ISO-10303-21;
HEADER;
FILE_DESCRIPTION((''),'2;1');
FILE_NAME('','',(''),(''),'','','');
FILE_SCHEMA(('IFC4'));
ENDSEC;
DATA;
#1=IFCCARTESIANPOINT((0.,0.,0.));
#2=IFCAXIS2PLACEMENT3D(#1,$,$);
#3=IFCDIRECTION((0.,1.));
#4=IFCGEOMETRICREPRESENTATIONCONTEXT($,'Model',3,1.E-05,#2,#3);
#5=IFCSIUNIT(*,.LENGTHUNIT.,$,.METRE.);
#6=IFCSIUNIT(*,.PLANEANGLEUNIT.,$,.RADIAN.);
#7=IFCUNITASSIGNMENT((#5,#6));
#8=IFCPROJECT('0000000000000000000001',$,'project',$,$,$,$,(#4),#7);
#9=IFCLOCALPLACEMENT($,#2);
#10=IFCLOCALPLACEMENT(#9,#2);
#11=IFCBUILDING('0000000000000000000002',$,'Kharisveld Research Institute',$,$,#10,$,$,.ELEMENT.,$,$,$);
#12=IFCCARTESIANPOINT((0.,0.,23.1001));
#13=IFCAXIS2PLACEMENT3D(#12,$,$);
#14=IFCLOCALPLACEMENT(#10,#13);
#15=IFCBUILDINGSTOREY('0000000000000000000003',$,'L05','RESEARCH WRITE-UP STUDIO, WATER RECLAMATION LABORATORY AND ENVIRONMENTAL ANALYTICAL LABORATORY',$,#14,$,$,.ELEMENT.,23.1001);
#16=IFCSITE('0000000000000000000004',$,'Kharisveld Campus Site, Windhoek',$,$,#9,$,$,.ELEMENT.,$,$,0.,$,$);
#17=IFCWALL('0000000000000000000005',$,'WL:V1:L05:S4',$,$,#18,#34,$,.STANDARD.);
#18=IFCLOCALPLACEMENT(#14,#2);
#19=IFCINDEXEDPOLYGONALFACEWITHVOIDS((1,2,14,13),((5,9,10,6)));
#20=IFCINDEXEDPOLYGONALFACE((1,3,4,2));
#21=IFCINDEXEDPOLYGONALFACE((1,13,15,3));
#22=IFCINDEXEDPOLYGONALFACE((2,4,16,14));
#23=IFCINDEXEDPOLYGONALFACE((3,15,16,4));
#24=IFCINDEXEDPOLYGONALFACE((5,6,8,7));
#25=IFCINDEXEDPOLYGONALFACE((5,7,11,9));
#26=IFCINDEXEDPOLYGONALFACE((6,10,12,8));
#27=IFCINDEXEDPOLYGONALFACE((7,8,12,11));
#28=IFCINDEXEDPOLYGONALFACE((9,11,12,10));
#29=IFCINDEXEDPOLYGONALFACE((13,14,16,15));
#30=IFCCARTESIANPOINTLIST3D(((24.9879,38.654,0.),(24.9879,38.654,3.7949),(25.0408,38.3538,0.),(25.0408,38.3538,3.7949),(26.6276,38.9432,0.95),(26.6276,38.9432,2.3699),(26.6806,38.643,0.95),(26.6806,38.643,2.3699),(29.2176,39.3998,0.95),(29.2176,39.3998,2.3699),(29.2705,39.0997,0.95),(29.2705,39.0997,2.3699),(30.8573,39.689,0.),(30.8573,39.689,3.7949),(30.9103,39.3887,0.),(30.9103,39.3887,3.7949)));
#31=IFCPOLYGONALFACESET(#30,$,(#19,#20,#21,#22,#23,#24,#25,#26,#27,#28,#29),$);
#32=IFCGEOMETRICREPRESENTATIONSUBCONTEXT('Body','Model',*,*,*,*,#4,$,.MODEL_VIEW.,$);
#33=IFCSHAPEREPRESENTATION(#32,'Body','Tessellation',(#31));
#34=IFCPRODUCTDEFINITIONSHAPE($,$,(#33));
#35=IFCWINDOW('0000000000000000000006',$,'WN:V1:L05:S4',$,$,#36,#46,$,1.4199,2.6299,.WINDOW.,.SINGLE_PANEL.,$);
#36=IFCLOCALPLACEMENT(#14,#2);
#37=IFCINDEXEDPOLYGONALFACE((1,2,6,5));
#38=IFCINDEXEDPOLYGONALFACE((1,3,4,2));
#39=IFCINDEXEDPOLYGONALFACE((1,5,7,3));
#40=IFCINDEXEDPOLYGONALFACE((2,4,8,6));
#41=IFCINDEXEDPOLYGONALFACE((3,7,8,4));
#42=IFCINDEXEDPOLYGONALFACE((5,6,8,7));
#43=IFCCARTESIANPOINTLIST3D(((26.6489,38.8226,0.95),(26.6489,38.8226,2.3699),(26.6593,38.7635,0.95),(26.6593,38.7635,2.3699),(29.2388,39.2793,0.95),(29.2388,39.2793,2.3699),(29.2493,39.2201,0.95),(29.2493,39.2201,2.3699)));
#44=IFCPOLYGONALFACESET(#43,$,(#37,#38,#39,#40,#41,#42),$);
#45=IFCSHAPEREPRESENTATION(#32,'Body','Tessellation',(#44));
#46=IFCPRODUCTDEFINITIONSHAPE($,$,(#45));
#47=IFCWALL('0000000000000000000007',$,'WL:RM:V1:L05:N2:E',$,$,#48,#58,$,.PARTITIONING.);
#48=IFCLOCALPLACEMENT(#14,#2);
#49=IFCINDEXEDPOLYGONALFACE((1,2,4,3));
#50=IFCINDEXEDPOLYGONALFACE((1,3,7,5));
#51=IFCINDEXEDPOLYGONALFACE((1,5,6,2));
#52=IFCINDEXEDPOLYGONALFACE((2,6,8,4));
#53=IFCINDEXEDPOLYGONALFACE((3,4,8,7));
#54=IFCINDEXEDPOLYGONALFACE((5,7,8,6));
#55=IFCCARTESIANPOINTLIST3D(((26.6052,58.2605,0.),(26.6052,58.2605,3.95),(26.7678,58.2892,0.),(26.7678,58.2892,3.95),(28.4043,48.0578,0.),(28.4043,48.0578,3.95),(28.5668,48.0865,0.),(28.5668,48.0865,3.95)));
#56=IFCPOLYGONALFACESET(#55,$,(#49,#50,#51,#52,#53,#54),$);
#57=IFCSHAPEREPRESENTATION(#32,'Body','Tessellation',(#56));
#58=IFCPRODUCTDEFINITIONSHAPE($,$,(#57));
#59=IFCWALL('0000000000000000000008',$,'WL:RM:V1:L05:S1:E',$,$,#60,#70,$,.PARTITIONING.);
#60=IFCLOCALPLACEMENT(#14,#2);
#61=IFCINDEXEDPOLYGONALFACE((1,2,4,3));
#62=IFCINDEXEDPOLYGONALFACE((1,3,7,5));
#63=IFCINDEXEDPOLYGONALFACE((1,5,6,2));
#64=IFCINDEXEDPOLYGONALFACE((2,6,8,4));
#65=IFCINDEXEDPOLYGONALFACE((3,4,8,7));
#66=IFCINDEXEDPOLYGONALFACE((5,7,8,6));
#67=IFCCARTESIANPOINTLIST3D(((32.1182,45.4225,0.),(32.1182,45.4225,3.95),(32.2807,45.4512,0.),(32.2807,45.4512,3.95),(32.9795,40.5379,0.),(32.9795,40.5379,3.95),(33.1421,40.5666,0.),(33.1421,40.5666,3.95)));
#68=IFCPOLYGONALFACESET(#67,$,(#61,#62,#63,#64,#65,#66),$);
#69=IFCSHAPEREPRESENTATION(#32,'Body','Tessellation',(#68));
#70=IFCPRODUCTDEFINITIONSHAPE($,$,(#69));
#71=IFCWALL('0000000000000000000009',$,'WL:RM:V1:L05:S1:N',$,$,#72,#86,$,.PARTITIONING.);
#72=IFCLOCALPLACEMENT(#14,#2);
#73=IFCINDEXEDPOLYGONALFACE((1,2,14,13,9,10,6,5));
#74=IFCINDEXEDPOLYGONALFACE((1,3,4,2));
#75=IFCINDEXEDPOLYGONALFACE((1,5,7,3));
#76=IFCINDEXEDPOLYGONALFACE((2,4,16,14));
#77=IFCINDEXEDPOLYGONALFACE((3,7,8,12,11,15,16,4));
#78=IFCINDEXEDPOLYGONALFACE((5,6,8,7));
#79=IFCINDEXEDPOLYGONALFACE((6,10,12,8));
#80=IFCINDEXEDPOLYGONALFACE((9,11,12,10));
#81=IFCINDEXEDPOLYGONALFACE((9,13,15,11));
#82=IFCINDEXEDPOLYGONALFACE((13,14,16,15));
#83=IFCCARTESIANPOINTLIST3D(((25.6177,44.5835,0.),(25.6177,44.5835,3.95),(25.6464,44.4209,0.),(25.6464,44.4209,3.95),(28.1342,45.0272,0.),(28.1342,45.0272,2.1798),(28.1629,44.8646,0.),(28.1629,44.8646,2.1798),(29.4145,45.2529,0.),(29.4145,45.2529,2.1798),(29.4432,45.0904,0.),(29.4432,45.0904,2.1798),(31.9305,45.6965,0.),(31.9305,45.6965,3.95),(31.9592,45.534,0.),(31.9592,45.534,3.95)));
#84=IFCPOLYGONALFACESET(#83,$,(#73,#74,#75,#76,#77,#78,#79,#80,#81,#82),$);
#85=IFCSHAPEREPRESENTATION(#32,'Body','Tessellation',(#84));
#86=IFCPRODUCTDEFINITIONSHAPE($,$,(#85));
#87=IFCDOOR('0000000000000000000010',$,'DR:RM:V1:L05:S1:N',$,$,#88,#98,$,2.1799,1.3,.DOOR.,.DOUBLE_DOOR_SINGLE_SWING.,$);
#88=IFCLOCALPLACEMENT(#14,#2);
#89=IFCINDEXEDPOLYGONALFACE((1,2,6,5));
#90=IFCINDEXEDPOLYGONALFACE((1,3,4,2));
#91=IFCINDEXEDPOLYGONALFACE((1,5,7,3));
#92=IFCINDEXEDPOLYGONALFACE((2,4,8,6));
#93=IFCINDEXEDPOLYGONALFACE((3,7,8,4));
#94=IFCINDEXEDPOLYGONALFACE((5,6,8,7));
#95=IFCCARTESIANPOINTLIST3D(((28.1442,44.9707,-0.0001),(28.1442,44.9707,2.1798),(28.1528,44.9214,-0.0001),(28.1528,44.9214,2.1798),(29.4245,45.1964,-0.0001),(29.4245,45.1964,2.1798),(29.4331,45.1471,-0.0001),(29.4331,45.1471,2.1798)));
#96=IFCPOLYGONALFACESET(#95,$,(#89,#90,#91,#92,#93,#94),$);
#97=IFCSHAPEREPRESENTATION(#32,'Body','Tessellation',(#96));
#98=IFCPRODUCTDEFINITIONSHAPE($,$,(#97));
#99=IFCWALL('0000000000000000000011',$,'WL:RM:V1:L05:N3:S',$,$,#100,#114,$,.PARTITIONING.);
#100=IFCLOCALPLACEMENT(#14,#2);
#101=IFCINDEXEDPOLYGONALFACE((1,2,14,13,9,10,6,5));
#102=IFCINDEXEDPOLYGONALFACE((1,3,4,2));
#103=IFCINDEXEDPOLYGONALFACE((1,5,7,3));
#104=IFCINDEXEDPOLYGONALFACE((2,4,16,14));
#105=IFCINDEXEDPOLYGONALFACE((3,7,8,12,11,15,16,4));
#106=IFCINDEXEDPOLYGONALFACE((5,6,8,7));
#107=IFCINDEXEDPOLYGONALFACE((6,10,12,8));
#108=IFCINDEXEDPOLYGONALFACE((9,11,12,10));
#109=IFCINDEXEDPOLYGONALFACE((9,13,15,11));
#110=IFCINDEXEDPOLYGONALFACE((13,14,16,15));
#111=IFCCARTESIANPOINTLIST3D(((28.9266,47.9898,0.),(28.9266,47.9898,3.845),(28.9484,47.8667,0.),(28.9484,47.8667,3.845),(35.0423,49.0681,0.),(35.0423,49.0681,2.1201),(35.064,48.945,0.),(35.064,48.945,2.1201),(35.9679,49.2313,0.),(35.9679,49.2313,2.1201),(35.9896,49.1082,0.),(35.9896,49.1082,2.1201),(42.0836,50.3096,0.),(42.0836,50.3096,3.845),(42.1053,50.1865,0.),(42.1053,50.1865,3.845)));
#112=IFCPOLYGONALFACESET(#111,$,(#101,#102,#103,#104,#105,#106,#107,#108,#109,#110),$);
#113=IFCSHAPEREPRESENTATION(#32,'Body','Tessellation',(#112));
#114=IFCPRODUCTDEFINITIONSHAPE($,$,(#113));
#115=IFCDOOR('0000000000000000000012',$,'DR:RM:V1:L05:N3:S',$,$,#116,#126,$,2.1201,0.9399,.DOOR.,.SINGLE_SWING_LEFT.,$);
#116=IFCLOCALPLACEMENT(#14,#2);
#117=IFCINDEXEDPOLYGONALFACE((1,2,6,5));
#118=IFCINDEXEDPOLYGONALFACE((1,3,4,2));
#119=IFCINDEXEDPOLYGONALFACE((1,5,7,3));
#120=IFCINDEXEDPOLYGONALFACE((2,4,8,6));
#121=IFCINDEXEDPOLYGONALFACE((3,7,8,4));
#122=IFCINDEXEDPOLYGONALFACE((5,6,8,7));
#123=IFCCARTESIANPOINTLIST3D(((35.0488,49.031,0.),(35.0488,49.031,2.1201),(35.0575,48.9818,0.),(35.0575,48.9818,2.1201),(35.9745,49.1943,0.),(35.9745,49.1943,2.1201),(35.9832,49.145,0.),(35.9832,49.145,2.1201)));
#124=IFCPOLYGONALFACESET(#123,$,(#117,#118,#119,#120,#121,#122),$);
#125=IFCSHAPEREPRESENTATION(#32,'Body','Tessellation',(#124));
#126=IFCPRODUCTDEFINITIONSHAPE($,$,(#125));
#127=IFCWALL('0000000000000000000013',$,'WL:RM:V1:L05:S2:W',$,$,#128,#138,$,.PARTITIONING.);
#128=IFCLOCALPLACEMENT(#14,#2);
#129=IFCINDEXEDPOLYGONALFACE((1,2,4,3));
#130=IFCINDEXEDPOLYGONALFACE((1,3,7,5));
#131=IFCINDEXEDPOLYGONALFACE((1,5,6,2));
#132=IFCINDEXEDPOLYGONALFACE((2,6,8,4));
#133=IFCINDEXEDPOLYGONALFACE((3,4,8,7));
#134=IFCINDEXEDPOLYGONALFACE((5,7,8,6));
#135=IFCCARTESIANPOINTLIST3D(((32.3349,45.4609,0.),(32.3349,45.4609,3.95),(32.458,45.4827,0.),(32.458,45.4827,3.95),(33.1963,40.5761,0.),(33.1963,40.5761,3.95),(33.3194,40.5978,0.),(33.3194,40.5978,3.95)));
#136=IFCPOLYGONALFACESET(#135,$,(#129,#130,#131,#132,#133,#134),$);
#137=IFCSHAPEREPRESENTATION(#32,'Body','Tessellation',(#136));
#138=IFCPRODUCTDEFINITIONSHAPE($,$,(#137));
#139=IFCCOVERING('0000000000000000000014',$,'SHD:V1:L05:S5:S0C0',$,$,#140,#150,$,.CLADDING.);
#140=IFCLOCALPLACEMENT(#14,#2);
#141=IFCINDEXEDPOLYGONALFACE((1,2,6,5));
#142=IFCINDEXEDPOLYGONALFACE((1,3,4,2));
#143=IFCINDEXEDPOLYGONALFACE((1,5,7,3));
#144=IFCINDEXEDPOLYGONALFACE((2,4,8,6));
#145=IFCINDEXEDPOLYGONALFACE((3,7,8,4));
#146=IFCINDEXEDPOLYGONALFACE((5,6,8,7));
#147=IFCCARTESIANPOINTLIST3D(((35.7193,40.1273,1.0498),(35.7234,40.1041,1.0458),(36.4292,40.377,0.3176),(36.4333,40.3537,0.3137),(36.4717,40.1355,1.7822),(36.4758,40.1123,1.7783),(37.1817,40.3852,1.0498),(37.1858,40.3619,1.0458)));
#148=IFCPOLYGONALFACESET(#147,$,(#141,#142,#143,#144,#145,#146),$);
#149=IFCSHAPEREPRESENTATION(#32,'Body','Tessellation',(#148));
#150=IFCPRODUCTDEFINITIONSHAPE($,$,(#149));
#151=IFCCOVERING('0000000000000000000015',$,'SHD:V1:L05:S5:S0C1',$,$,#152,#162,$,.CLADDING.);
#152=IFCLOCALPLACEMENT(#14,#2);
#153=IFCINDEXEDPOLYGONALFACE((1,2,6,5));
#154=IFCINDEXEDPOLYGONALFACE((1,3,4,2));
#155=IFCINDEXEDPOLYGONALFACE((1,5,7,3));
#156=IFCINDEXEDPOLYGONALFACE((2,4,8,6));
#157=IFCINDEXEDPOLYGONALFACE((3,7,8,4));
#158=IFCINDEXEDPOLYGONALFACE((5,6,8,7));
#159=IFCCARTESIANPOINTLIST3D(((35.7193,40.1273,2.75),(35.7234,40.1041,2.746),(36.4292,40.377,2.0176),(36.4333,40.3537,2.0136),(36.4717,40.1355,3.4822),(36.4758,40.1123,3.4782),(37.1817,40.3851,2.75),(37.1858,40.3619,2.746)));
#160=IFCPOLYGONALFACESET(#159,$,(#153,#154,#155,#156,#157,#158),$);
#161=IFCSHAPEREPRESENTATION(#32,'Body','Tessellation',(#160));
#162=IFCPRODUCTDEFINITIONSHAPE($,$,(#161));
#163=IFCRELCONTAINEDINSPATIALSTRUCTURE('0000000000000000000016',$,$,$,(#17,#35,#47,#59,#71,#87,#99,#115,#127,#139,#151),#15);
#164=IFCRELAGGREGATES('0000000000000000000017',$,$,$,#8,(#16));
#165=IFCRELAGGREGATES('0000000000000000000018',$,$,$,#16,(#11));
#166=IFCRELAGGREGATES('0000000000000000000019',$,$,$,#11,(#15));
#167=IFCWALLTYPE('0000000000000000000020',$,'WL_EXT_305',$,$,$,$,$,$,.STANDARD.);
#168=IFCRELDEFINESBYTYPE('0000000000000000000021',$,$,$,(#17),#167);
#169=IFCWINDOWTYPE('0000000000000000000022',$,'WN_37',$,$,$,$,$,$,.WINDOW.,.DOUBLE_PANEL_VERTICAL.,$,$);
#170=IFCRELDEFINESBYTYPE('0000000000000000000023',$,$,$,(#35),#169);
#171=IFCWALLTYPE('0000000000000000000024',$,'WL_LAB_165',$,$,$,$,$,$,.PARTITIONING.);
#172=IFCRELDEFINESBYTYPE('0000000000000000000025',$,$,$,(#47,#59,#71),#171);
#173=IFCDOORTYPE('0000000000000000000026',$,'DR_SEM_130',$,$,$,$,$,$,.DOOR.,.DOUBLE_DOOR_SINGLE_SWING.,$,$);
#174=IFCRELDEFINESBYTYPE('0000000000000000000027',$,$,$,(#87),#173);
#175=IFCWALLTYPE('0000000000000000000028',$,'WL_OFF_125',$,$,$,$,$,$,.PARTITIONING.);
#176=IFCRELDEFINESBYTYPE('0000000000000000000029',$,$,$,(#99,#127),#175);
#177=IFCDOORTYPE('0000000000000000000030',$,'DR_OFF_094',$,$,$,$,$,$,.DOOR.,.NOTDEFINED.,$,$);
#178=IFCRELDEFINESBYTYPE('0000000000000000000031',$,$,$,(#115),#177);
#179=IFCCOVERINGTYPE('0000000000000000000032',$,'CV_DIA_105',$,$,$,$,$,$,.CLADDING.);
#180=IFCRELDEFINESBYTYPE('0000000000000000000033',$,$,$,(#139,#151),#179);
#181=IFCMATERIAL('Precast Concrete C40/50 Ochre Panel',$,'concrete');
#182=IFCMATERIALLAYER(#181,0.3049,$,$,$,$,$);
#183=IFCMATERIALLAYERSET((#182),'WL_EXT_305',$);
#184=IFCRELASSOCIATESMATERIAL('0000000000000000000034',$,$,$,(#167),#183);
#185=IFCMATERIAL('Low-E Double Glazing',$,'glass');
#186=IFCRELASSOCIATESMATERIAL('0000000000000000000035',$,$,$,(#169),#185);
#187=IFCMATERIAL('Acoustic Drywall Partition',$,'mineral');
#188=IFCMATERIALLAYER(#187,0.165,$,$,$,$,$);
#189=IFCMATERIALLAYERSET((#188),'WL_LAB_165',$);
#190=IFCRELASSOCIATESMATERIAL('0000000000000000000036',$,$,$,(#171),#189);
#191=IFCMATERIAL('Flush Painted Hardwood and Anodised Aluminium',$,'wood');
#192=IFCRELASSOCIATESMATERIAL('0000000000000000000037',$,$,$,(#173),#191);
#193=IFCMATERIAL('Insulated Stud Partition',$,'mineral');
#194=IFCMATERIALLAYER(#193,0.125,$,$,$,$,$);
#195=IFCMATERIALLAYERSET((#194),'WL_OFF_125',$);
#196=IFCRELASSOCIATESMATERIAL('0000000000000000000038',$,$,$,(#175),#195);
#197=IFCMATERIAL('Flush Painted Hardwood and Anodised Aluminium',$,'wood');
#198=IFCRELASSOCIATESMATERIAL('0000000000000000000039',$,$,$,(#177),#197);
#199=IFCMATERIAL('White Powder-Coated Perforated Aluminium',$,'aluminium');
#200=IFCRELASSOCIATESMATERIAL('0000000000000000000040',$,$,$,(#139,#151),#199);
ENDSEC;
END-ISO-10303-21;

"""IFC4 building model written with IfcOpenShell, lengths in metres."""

from ifc_helpers import new_model, si_unit, direction, frame, frame_2d, origin, place, context, subcontext, project, spatial, polyline, rectangle, outline, extrude, material, layer, layer_set, type_object, element, fill, save


model = new_model("IFC4")

# Units and contexts
model_context = context("Model", 3, precision=1e-05, world=origin(), true_north=direction((0.0, 1.0)))
body_context = subcontext(model_context, "Body", "Model", "MODEL_VIEW")
ifc_project = project(units=[si_unit("LENGTHUNIT", "METRE"), si_unit("PLANEANGLEUNIT", "RADIAN")], contexts=[model_context])

# Site, building, storey
site_placement = place(None, origin())
site = spatial("IfcSite", under=ifc_project, at=site_placement, Name="Kharisveld Campus Site, Windhoek", CompositionType="ELEMENT", RefElevation=0.0)
building_placement = place(site_placement, origin())
building = spatial("IfcBuilding", under=site, at=building_placement, Name="Kharisveld Research Institute", CompositionType="ELEMENT")
storey_placement = place(building_placement, frame((0.0, 0.0, 23.1001)))
storey = spatial("IfcBuildingStorey", under=building, at=storey_placement, Name="L05", Description="RESEARCH WRITE-UP STUDIO, WATER RECLAMATION LABORATORY AND ENVIRONMENTAL ANALYTICAL LABORATORY", CompositionType="ELEMENT", Elevation=23.1001)

# Wall, opening, window
ifc_material_1 = material(Name="Precast Concrete C40/50 Ochre Panel", Category="concrete")
ifc_layer_1 = layer(ifc_material_1, 0.3049)
ifc_layer_set_1 = layer_set([ifc_layer_1], Name="WL_EXT_305")
wall_type_1 = type_object("IfcWallType", Name="WL_EXT_305", PredefinedType="STANDARD", material=ifc_layer_set_1)
wall_1_placement = place(storey_placement, frame((30.8838, 39.5388, 0.0), z_axis=(0.0, 0.0, 1.0), x_axis=(-0.984808, -0.173645, 0.0)))
wall_1 = element("IfcWall", 1, at=wall_1_placement, inside=storey, type_object=wall_type_1, Name="WL:V1:L05:S4", PredefinedType="STANDARD", context=body_context, shape_type="SweptSolid", body=[
    extrude(rectangle(XDim=5.96, YDim=0.3049, at=frame_2d((2.98, 0.0))), origin(), (0.0, 0.0, 1.0), 3.7949),
])
opening_1_placement = place(wall_1_placement, frame((1.665, 0.0, 0.95)))
opening_1 = element("IfcOpeningElement", 2, at=opening_1_placement, cuts=wall_1, PredefinedType="OPENING", context=body_context, shape_type="SweptSolid", body=[
    extrude(rectangle(XDim=2.6299, YDim=1.4199, at=frame_2d((1.3149, 0.71))), frame((0.0, 0.1523, 0.0), z_axis=(0.0, -1.0, 0.0), x_axis=(1.0, 0.0, 0.0)), (0.0, 0.0, 1.0), 0.3049),
])
ifc_material_2 = material(Name="Low-E Double Glazing", Category="glass")
window_type = type_object("IfcWindowType", Name="WN_37", PartitioningType="DOUBLE_PANEL_VERTICAL", PredefinedType="WINDOW", material=ifc_material_2)
window_placement = place(opening_1_placement, origin())
window = element("IfcWindow", 3, at=window_placement, inside=storey, type_object=window_type, Name="WN:V1:L05:S4", OverallHeight=1.4199, OverallWidth=2.6299, PartitioningType="SINGLE_PANEL", PredefinedType="WINDOW", context=body_context, shape_type="SweptSolid", body=[
    extrude(rectangle(XDim=2.6299, YDim=1.4199, at=frame_2d((1.3149, 0.71))), frame((0.0, 0.03, 0.0), z_axis=(0.0, -1.0, 0.0), x_axis=(1.0, 0.0, 0.0)), (0.0, 0.0, 1.0), 0.0601),
])
fill(opening_1, window)

# Walls
ifc_material_3 = material(Name="Acoustic Drywall Partition", Category="mineral")
ifc_layer_2 = layer(ifc_material_3, 0.165)
ifc_layer_set_2 = layer_set([ifc_layer_2], Name="WL_LAB_165")
wall_type_2 = type_object("IfcWallType", Name="WL_LAB_165", PredefinedType="PARTITIONING", material=ifc_layer_set_2)
wall_2_placement = place(storey_placement, frame((28.4856, 48.072, 0.0), z_axis=(0.0, 0.0, 1.0), x_axis=(-0.173655, 0.984807, 0.0)))
element("IfcWall", 4, at=wall_2_placement, inside=storey, type_object=wall_type_2, Name="WL:RM:V1:L05:N2:E", PredefinedType="PARTITIONING", context=body_context, shape_type="SweptSolid", body=[
    extrude(rectangle(XDim=10.3601, YDim=0.165, at=frame_2d((5.1802, 0.0))), origin(), (0.0, 0.0, 1.0), 3.95),
])
wall_3_placement = place(storey_placement, frame((33.0608, 40.5522, 0.0), z_axis=(0.0, 0.0, 1.0), x_axis=(-0.173659, 0.984806, 0.0)))
element("IfcWall", 5, at=wall_3_placement, inside=storey, type_object=wall_type_2, Name="WL:RM:V1:L05:S1:E", PredefinedType="PARTITIONING", context=body_context, shape_type="SweptSolid", body=[
    extrude(rectangle(XDim=4.96, YDim=0.165, at=frame_2d((2.48, 0.0))), origin(), (0.0, 0.0, 1.0), 3.95),
])

# Walls, openings, doors
wall_4_placement = place(storey_placement, frame((31.9448, 45.6152, 0.0), z_axis=(0.0, 0.0, 1.0), x_axis=(-0.98481, -0.173638, 0.0)))
wall_4 = element("IfcWall", 6, at=wall_4_placement, inside=storey, type_object=wall_type_2, Name="WL:RM:V1:L05:S1:N", PredefinedType="PARTITIONING", context=body_context, shape_type="SweptSolid", body=[
    extrude(rectangle(XDim=6.4102, YDim=0.165, at=frame_2d((3.2051, 0.0))), origin(), (0.0, 0.0, 1.0), 3.95),
])
opening_2_placement = place(wall_4_placement, frame((2.5549, 0.0, 0.0)))
opening_2 = element("IfcOpeningElement", 7, at=opening_2_placement, cuts=wall_4, PredefinedType="OPENING", context=body_context, shape_type="SweptSolid", body=[
    extrude(rectangle(XDim=1.3, YDim=2.1799, at=frame_2d((0.6499, 1.0898))), frame((0.0, 0.0825, 0.0), z_axis=(0.0, -1.0, 0.0), x_axis=(1.0, 0.0, 0.0)), (0.0, 0.0, 1.0), 0.165),
])
ifc_material_4 = material(Name="Flush Painted Hardwood and Anodised Aluminium", Category="wood")
door_type_1 = type_object("IfcDoorType", Name="DR_SEM_130", OperationType="DOUBLE_DOOR_SINGLE_SWING", PredefinedType="DOOR", material=ifc_material_4)
door_1_placement = place(opening_2_placement, origin())
door_1 = element("IfcDoor", 8, at=door_1_placement, inside=storey, type_object=door_type_1, Name="DR:RM:V1:L05:S1:N", OperationType="DOUBLE_DOOR_SINGLE_SWING", OverallHeight=2.1799, OverallWidth=1.3, PredefinedType="DOOR", context=body_context, shape_type="SweptSolid", body=[
    extrude(rectangle(XDim=1.3, YDim=2.1799, at=frame_2d((0.6499, 1.0898))), frame((0.0, 0.0249, 0.0), z_axis=(0.0, -1.0, 0.0), x_axis=(1.0, 0.0, 0.0)), (0.0, 0.0, 1.0), 0.05),
])
fill(opening_2, door_1)
ifc_material_5 = material(Name="Insulated Stud Partition", Category="mineral")
ifc_layer_3 = layer(ifc_material_5, 0.125)
ifc_layer_set_3 = layer_set([ifc_layer_3], Name="WL_OFF_125")
wall_type_3 = type_object("IfcWallType", Name="WL_OFF_125", PredefinedType="PARTITIONING", material=ifc_layer_set_3)
wall_5_placement = place(storey_placement, frame((28.9375, 47.9282, 0.0), z_axis=(0.0, 0.0, 1.0), x_axis=(0.984809, 0.17364, 0.0)))
wall_5 = element("IfcWall", 9, at=wall_5_placement, inside=storey, type_object=wall_type_3, Name="WL:RM:V1:L05:N3:S", PredefinedType="PARTITIONING", context=body_context, shape_type="SweptSolid", body=[
    extrude(rectangle(XDim=13.3599, YDim=0.125, at=frame_2d((6.6799, 0.0))), origin(), (0.0, 0.0, 1.0), 3.845),
])
opening_3_placement = place(wall_5_placement, frame((6.21, 0.0, 0.0)))
opening_3 = element("IfcOpeningElement", 10, at=opening_3_placement, cuts=wall_5, PredefinedType="OPENING", context=body_context, shape_type="SweptSolid", body=[
    extrude(rectangle(XDim=0.9399, YDim=2.1201, at=frame_2d((0.47, 1.0601))), frame((0.0, 0.0625, 0.0), z_axis=(0.0, -1.0, 0.0), x_axis=(1.0, 0.0, 0.0)), (0.0, 0.0, 1.0), 0.125),
])
ifc_material_6 = material(Name="Flush Painted Hardwood and Anodised Aluminium", Category="wood")
door_type_2 = type_object("IfcDoorType", Name="DR_OFF_094", OperationType="NOTDEFINED", PredefinedType="DOOR", material=ifc_material_6)
door_2_placement = place(opening_3_placement, origin())
door_2 = element("IfcDoor", 11, at=door_2_placement, inside=storey, type_object=door_type_2, Name="DR:RM:V1:L05:N3:S", OperationType="SINGLE_SWING_LEFT", OverallHeight=2.1201, OverallWidth=0.9399, PredefinedType="DOOR", context=body_context, shape_type="SweptSolid", body=[
    extrude(rectangle(XDim=0.9399, YDim=2.1201, at=frame_2d((0.47, 1.0601))), frame((0.0, 0.0249, 0.0), z_axis=(0.0, -1.0, 0.0), x_axis=(1.0, 0.0, 0.0)), (0.0, 0.0, 1.0), 0.05),
])
fill(opening_3, door_2)

# Wall
wall_6_placement = place(storey_placement, frame((32.3965, 45.4717, 0.0), z_axis=(0.0, 0.0, 1.0), x_axis=(0.173651, -0.984807, 0.0)))
element("IfcWall", 12, at=wall_6_placement, inside=storey, type_object=wall_type_3, Name="WL:RM:V1:L05:S2:W", PredefinedType="PARTITIONING", context=body_context, shape_type="SweptSolid", body=[
    extrude(rectangle(XDim=4.9602, YDim=0.125, at=frame_2d((2.48, 0.0))), origin(), (0.0, 0.0, 1.0), 3.95),
])

# Coverings
ifc_material_7 = material(Name="White Powder-Coated Perforated Aluminium", Category="aluminium")
covering_type = type_object("IfcCoveringType", Name="CV_DIA_105", PredefinedType="CLADDING")
covering_1_placement = place(storey_placement, frame((36.4292, 40.377, 0.3176), z_axis=(-0.171234, 0.971299, 0.165096), x_axis=(-0.676173, -0.237734, 0.697333)))
element("IfcCovering", 13, at=covering_1_placement, inside=storey, type_object=covering_type, material=ifc_material_7, Name="SHD:V1:L05:S5:S0C0", PredefinedType="CLADDING", context=body_context, shape_type="SweptSolid", body=[
    extrude(outline(polyline([(0.0, 0.0), (1.0499, 0.0), (1.05, 1.0501), (-0.0002, 1.0499), (0.0, 0.0)])), origin(), (0.0, 0.0, -1.0), 0.0239),
])
covering_2_placement = place(storey_placement, frame((36.4292, 40.377, 2.0176), z_axis=(-0.171234, 0.971299, 0.165096), x_axis=(-0.676056, -0.237732, 0.697446)))
element("IfcCovering", 14, at=covering_2_placement, inside=storey, type_object=covering_type, material=ifc_material_7, Name="SHD:V1:L05:S5:S0C1", PredefinedType="CLADDING", context=body_context, shape_type="SweptSolid", body=[
    extrude(outline(polyline([(0.0, 0.0), (1.0501, 0.0), (1.0502, 1.0499), (0.0002, 1.0501), (0.0, 0.0)])), origin(), (0.0, 0.0, -1.0), 0.0239),
])

save(model, "model.ifc")
